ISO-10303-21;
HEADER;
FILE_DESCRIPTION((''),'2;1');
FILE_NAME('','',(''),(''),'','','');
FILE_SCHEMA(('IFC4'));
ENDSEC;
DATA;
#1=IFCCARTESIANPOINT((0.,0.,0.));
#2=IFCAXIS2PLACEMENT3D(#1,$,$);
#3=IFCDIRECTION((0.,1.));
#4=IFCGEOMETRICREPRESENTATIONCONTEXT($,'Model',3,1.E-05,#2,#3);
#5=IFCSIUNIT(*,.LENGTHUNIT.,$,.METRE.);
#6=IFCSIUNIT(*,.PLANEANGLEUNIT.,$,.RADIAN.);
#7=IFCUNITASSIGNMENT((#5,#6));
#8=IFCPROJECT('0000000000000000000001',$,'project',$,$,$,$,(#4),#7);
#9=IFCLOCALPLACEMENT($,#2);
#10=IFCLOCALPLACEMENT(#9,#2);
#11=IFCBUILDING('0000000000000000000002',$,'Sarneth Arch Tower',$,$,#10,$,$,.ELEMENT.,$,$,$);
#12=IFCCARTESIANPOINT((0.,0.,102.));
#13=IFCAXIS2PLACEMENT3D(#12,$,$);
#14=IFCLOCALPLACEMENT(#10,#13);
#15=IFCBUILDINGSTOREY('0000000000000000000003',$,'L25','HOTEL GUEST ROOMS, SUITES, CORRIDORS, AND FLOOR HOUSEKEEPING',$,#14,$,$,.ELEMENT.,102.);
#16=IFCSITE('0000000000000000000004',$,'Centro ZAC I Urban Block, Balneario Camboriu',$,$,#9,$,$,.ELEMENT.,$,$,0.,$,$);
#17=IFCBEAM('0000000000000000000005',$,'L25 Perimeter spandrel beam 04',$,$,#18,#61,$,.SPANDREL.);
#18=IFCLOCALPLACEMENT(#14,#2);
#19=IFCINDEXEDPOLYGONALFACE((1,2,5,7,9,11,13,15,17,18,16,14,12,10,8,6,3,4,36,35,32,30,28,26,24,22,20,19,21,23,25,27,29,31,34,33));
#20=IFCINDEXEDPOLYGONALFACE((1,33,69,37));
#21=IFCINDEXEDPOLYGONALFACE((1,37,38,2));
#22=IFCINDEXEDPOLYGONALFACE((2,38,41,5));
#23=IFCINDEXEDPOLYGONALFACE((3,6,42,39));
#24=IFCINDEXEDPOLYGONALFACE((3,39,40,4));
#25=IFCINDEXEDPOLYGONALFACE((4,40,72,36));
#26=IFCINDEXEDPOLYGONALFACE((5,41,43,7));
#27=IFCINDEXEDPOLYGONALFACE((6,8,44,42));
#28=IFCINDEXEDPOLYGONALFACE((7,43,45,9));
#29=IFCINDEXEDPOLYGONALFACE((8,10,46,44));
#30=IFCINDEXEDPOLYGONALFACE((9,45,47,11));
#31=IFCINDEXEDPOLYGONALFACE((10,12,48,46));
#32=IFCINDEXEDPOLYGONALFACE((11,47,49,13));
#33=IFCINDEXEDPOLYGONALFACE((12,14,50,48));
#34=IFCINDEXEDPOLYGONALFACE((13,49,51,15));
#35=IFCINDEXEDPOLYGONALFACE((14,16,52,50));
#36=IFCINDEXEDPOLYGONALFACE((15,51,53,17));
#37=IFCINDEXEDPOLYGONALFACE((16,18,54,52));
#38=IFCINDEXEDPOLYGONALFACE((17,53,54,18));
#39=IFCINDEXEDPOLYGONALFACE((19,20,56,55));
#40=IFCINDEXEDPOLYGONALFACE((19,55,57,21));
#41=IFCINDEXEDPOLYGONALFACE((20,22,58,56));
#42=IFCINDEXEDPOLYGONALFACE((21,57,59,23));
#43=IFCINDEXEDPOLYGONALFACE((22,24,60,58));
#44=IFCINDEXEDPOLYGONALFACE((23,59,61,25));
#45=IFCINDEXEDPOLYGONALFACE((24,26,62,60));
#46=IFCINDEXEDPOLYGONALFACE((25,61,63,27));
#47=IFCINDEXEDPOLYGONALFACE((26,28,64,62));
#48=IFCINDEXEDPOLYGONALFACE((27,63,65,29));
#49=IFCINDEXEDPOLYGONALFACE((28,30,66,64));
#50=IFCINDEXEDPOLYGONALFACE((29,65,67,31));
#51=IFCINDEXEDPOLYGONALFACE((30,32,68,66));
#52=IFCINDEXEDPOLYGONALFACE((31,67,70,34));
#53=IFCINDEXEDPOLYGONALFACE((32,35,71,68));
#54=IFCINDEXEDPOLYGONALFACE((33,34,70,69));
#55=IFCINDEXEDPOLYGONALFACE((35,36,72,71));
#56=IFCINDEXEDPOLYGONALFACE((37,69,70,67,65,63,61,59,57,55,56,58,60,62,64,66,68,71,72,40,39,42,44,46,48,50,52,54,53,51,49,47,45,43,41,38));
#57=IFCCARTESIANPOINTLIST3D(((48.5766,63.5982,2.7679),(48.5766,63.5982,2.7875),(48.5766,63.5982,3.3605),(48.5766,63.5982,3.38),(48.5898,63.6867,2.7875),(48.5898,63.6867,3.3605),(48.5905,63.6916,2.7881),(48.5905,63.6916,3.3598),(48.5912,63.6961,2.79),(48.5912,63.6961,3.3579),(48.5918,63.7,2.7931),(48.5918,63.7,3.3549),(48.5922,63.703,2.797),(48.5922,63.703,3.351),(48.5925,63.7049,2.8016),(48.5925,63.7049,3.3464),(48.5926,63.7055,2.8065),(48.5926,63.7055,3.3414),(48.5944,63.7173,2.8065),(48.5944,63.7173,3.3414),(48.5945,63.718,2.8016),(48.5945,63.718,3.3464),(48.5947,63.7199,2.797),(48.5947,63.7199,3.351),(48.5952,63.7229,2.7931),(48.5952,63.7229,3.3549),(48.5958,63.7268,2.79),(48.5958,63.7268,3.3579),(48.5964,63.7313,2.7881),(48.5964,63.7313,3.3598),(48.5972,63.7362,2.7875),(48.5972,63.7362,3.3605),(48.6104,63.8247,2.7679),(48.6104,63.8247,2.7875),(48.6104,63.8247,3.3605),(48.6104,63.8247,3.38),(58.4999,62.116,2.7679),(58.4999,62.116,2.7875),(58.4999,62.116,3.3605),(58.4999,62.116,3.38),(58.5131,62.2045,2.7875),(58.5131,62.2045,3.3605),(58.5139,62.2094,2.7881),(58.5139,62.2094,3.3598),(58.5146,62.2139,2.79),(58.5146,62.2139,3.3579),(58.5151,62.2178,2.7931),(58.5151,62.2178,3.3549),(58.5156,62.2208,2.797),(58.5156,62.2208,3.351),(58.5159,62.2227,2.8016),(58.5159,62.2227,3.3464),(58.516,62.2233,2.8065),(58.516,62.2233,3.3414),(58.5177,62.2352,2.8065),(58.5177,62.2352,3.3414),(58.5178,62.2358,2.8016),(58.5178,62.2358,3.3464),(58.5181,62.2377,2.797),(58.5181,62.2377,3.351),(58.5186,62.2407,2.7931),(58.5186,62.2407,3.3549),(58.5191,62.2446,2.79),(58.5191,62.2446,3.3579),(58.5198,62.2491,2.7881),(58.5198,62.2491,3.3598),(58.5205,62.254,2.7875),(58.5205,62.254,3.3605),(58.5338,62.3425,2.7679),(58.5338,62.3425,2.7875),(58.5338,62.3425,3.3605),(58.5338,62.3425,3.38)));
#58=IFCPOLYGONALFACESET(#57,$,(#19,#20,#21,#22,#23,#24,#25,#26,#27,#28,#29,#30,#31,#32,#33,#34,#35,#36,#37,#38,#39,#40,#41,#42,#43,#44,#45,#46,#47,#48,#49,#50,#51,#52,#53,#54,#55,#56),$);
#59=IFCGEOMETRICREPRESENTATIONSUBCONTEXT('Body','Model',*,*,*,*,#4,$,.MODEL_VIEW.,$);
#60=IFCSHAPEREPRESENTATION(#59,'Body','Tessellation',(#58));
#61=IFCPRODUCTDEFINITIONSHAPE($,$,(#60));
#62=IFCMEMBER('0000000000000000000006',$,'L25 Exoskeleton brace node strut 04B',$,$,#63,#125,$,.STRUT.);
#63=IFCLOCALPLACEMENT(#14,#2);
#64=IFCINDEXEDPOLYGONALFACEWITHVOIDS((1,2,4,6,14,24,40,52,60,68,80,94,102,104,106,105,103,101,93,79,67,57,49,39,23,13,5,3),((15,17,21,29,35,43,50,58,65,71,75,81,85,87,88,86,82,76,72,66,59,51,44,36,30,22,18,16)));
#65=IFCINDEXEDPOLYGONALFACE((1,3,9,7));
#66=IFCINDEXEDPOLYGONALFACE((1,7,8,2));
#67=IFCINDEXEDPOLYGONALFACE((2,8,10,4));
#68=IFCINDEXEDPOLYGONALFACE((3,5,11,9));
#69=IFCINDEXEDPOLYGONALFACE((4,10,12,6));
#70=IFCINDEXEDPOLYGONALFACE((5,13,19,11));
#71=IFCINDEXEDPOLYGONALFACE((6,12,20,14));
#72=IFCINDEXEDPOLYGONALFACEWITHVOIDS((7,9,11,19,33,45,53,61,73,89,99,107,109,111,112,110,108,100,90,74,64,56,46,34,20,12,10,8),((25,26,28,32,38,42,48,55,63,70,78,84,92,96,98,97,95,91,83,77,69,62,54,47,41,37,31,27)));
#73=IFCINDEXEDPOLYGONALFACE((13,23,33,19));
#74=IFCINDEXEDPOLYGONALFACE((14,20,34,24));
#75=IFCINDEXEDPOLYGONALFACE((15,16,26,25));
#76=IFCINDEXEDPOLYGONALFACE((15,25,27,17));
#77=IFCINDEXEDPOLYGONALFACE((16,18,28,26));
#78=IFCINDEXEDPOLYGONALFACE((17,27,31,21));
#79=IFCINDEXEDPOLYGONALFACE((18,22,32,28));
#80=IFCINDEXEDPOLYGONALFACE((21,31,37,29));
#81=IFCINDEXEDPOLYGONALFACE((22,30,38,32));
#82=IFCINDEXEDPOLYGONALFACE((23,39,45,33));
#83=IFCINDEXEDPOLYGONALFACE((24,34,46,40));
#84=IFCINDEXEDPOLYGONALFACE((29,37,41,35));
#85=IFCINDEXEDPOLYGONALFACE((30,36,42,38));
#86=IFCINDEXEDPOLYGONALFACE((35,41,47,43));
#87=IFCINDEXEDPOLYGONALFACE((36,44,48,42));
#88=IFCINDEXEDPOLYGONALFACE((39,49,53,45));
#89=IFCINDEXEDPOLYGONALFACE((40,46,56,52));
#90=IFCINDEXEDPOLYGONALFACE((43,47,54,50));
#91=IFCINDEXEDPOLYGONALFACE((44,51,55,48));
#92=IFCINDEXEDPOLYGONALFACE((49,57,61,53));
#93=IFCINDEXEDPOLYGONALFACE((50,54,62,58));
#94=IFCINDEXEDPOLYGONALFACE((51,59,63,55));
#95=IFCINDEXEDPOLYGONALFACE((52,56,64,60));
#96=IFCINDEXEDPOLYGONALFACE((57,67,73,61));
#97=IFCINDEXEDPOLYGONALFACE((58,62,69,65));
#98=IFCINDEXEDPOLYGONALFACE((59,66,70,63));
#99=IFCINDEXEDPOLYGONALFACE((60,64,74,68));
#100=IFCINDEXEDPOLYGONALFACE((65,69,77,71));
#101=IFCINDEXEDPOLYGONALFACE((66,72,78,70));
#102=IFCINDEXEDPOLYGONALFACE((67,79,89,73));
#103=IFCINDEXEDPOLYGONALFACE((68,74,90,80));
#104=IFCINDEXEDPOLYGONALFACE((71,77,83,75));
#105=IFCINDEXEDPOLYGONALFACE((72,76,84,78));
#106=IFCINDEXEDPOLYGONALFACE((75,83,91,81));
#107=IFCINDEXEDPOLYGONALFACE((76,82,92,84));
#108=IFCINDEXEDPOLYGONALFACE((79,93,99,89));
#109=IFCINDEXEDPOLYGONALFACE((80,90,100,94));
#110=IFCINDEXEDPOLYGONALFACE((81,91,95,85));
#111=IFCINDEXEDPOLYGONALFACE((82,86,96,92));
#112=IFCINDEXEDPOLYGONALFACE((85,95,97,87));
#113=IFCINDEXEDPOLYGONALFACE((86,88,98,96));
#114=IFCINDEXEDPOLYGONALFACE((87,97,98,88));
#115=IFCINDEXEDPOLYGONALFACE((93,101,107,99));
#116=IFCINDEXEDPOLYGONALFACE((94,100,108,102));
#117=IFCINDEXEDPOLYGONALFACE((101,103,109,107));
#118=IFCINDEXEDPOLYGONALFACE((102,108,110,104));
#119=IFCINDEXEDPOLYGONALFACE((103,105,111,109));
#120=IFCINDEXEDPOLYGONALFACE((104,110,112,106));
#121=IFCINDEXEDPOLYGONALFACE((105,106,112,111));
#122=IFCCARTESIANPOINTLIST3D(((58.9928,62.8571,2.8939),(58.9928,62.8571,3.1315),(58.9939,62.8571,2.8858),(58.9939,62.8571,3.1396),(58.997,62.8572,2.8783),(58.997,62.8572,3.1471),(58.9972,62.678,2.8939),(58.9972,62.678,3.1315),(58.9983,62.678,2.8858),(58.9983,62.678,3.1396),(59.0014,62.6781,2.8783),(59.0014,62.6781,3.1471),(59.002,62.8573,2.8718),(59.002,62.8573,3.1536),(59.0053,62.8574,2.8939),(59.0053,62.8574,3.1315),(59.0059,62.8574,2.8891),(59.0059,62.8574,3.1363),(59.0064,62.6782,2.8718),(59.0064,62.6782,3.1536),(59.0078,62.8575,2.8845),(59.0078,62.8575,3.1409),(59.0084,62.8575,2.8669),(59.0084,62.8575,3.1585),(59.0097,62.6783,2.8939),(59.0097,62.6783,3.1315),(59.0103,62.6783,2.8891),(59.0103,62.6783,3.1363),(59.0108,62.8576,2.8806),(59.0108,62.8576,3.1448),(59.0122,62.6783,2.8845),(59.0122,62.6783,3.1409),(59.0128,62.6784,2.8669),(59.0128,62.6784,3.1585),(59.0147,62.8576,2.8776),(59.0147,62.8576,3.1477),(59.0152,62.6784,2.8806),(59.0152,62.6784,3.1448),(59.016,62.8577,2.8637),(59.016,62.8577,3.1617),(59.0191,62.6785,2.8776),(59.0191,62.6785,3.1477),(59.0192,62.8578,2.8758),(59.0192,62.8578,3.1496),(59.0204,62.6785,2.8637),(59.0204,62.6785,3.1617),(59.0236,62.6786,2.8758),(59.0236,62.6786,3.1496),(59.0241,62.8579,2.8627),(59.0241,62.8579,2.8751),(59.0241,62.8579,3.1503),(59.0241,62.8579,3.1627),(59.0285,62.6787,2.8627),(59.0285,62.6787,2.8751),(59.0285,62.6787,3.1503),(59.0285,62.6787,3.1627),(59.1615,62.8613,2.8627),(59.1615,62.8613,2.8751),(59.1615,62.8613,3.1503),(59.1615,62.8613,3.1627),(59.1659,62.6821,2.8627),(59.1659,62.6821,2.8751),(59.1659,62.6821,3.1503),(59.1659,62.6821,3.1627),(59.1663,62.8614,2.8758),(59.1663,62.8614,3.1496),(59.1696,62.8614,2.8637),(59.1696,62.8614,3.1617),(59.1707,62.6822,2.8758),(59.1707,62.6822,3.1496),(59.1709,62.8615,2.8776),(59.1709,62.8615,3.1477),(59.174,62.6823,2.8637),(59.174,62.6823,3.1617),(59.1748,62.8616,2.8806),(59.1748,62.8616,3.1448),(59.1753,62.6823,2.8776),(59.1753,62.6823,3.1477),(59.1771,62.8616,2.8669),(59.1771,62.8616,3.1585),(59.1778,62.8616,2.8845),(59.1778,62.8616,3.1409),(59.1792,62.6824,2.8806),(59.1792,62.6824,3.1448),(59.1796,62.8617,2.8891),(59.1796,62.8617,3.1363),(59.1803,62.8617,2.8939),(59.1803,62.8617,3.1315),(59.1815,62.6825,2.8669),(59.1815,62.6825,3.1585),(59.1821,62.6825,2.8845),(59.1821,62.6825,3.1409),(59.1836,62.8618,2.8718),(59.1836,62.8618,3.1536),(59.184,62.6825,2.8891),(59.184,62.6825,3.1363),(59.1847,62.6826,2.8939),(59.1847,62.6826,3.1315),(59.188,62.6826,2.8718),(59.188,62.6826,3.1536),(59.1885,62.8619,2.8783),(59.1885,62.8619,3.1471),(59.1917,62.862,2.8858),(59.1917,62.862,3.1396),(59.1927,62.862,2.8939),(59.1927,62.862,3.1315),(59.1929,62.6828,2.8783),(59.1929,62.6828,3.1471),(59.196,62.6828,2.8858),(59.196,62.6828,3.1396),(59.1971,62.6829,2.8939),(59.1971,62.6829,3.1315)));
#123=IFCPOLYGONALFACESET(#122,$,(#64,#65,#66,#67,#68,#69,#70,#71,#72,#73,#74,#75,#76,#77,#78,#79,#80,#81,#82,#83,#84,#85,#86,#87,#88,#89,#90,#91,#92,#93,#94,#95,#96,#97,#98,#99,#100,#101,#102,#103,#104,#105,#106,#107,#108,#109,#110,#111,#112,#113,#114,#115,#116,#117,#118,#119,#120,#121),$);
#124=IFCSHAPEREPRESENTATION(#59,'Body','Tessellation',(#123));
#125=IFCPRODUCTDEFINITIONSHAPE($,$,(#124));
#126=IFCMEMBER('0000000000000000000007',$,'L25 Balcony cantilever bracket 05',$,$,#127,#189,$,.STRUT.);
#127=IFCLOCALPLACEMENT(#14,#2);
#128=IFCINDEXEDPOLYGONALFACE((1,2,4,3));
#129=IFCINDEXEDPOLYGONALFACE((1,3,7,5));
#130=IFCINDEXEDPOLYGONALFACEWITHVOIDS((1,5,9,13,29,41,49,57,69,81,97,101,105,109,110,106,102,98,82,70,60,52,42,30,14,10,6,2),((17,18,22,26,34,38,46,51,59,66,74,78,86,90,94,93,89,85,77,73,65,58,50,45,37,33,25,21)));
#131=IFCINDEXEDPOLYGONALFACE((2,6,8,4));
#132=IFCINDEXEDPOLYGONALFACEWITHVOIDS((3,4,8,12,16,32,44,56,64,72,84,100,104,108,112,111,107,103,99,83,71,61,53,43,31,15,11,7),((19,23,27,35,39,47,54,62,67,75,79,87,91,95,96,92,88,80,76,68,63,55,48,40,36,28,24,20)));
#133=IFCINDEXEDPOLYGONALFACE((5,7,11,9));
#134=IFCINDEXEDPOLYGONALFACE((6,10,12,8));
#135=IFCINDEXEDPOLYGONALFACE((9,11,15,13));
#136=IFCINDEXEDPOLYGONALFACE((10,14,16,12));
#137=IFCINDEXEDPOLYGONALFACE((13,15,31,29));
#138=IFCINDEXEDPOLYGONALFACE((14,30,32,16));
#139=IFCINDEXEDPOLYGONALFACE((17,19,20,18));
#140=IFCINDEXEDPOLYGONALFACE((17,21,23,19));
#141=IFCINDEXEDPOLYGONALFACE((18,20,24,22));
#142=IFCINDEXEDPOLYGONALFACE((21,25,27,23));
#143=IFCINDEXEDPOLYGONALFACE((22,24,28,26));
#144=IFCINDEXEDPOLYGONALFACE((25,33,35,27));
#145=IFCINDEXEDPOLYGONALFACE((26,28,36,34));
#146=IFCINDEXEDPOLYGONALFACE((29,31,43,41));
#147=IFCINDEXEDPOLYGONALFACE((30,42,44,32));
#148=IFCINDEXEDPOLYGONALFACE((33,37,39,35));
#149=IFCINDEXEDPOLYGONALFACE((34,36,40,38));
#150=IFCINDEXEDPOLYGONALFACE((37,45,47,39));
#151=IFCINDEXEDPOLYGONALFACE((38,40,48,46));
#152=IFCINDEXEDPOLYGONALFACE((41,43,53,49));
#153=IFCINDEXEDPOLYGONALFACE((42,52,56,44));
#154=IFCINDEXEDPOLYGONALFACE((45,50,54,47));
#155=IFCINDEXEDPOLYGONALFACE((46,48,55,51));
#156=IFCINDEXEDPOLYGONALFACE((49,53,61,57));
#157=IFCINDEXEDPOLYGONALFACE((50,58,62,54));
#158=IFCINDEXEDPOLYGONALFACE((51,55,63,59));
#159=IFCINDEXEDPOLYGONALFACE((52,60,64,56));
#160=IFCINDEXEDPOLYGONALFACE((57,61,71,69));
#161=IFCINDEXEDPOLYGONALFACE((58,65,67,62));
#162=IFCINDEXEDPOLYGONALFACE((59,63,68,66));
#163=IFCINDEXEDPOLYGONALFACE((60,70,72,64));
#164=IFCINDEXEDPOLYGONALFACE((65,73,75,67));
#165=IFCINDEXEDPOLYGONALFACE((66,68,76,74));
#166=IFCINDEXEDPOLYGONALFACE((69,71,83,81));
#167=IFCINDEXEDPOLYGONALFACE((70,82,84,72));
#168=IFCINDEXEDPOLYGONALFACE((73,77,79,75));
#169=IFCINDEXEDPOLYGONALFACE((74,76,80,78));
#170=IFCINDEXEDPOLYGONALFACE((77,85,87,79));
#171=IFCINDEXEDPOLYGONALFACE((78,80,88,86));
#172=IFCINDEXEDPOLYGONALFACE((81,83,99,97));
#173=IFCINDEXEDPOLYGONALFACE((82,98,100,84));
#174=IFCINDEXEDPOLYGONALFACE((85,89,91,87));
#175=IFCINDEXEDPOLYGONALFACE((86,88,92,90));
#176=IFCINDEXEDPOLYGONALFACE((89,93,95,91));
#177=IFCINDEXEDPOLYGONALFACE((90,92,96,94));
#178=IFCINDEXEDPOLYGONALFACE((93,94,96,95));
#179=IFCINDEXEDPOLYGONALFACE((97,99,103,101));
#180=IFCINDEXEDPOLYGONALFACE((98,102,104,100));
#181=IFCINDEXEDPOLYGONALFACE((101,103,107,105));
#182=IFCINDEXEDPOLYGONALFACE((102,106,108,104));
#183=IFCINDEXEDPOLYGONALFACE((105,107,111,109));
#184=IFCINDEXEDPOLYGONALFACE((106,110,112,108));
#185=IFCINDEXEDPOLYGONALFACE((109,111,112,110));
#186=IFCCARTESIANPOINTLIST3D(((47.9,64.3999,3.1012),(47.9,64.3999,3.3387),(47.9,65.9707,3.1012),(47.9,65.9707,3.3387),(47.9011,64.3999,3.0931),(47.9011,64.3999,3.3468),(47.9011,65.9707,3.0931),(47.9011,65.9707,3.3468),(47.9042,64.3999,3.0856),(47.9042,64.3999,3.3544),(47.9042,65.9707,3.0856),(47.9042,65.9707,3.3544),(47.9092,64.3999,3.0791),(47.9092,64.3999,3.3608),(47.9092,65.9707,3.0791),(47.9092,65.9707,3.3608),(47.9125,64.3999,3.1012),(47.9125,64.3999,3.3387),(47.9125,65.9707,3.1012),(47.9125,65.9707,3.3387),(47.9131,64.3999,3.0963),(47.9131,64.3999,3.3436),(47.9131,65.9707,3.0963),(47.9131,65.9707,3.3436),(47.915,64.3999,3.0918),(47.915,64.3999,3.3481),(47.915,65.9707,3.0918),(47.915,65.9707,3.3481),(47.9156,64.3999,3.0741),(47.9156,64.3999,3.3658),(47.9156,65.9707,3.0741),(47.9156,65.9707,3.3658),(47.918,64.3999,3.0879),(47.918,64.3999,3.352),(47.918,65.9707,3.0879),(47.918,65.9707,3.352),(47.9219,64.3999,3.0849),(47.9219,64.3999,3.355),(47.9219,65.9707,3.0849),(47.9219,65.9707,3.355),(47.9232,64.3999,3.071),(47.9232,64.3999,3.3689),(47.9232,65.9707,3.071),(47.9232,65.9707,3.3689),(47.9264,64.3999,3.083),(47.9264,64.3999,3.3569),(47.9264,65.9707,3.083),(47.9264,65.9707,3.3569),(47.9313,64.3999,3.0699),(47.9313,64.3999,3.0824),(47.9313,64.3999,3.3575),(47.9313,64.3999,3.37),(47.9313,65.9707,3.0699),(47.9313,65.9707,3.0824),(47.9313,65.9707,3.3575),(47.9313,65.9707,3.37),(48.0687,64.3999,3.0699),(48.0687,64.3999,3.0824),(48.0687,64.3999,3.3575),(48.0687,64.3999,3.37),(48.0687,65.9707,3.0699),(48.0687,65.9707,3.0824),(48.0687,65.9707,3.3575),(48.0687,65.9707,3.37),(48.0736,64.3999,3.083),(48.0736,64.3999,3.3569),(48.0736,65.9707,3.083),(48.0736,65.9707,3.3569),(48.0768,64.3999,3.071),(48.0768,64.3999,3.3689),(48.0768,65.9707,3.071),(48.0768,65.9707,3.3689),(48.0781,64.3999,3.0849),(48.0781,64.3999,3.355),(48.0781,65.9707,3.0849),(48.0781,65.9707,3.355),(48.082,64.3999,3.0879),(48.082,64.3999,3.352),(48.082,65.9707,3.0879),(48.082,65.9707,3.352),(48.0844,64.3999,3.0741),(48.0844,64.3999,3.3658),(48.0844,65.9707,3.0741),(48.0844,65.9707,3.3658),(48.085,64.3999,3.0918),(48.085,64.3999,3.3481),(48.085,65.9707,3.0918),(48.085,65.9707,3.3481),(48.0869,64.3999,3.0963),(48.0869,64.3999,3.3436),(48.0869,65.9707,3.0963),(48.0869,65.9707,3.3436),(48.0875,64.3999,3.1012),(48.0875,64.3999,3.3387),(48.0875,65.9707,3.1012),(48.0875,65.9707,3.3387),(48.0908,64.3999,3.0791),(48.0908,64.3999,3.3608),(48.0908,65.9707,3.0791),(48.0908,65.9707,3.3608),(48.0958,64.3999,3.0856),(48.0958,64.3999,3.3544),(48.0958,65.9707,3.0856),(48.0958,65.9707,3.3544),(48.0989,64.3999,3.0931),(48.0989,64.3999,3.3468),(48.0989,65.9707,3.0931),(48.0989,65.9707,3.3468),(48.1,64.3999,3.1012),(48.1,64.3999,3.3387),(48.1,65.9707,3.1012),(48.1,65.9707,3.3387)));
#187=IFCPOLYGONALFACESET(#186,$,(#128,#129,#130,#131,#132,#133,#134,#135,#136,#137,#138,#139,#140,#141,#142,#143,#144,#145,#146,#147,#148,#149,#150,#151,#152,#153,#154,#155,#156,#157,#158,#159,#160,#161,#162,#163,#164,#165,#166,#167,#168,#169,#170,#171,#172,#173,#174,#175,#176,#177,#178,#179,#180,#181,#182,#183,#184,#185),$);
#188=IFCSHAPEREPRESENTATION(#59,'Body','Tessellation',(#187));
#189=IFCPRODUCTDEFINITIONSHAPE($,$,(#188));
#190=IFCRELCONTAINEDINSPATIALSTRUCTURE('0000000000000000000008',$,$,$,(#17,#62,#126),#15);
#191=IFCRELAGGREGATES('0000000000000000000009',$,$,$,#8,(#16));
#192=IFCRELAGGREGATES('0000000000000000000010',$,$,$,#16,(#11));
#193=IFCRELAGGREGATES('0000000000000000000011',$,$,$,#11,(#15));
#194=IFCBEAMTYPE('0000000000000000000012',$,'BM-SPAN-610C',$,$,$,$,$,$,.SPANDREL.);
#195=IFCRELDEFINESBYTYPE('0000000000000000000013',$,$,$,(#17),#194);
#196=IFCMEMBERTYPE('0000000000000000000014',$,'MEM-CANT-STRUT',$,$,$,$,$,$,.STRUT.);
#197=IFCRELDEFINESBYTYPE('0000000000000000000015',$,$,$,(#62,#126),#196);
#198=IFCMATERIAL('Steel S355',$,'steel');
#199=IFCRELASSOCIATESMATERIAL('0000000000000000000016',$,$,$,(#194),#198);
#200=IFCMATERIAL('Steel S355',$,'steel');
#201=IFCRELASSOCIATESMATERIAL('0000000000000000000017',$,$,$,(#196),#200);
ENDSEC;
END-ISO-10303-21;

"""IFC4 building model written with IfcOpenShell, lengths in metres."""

from ifc_helpers import new_model, si_unit, direction, frame, origin, origin_2d, place, context, subcontext, project, spatial, hollow_rectangle, i_section, extrude, material, material_profile, profile_set, type_object, element, save


model = new_model("IFC4")

# Units and contexts
model_context = context("Model", 3, precision=1e-05, world=origin(), true_north=direction((0.0, 1.0)))
body_context = subcontext(model_context, "Body", "Model", "MODEL_VIEW")
ifc_project = project(units=[si_unit("LENGTHUNIT", "METRE"), si_unit("PLANEANGLEUNIT", "RADIAN")], contexts=[model_context])

# Site, building, storey
site_placement = place(None, origin())
site = spatial("IfcSite", under=ifc_project, at=site_placement, Name="Centro ZAC I Urban Block, Balneario Camboriu", CompositionType="ELEMENT", RefElevation=0.0)
building_placement = place(site_placement, origin())
building = spatial("IfcBuilding", under=site, at=building_placement, Name="Sarneth Arch Tower", CompositionType="ELEMENT")
storey_placement = place(building_placement, frame((0.0, 0.0, 102.0)))
storey = spatial("IfcBuildingStorey", under=building, at=storey_placement, Name="L25", Description="HOTEL GUEST ROOMS, SUITES, CORRIDORS, AND FLOOR HOUSEKEEPING", CompositionType="ELEMENT", Elevation=102.0)

# Beam
ifc_material_1 = material(Name="Steel S355", Category="steel")
ifc_material_profile_1 = material_profile(ifc_material_1, i_section(OverallWidth=0.229, OverallDepth=0.6121, WebThickness=0.012, FlangeThickness=0.0195, FilletRadius=0.019, at=origin_2d()), Name="W610x125")
ifc_profile_set_1 = profile_set([ifc_material_profile_1], Name="Steel S355")
beam_type_1 = type_object("IfcBeamType", Name="BM-SPAN-610C", PredefinedType="SPANDREL", material=ifc_profile_set_1)
beam_1_placement = place(storey_placement, frame((58.5168, 62.2292, 3.074), z_axis=(-0.989029, 0.147724, 0.0), x_axis=(-0.147724, -0.989029, 0.0)))
element("IfcBeam", 1, at=beam_1_placement, inside=storey, type_object=beam_type_1, Name="L25 Perimeter spandrel beam 04", PredefinedType="SPANDREL", context=body_context, shape_type="SweptSolid", body=[
    extrude(i_section(OverallWidth=0.229, OverallDepth=0.6121, WebThickness=0.012, FlangeThickness=0.0195, FilletRadius=0.019, at=origin_2d()), origin(), (0.0, 0.0, 1.0), 10.0334),
])

# Members
ifc_material_2 = material(Name="Steel S355", Category="steel")
ifc_material_profile_2 = material_profile(ifc_material_2, hollow_rectangle(XDim=0.2, YDim=0.3, WallThickness=0.0125, InnerFilletRadius=0.0188, OuterFilletRadius=0.0312, at=origin_2d()), Name="RHS300x200x12.5")
ifc_profile_set_2 = profile_set([ifc_material_profile_2], Name="Steel S355")
member_type_1 = type_object("IfcMemberType", Name="MEM-CANT-STRUT", PredefinedType="STRUT", material=ifc_profile_set_2)
member_1_placement = place(storey_placement, frame((59.0972, 62.6804, 3.0127), z_axis=(-0.024516, 0.999699, 0.0), x_axis=(-0.999699, -0.024516, 0.0)))
element("IfcMember", 2, at=member_1_placement, inside=storey, type_object=member_type_1, Name="L25 Exoskeleton brace node strut 04B", PredefinedType="STRUT", context=body_context, shape_type="SweptSolid", body=[
    extrude(hollow_rectangle(XDim=0.2, YDim=0.3, WallThickness=0.0125, InnerFilletRadius=0.0188, OuterFilletRadius=0.0312, at=origin_2d()), origin(), (0.0, 0.0, 1.0), 0.1792),
])
member_2_placement = place(storey_placement, frame((48.0, 64.3999, 3.22), z_axis=(0.0, 1.0, 0.0), x_axis=(-1.0, 0.0, 0.0)))
element("IfcMember", 3, at=member_2_placement, inside=storey, type_object=member_type_1, Name="L25 Balcony cantilever bracket 05", PredefinedType="STRUT", context=body_context, shape_type="SweptSolid", body=[
    extrude(hollow_rectangle(XDim=0.2, YDim=0.3, WallThickness=0.0125, InnerFilletRadius=0.0188, OuterFilletRadius=0.0312, at=origin_2d()), origin(), (0.0, 0.0, 1.0), 1.5708),
])

save(model, "model.ifc")
